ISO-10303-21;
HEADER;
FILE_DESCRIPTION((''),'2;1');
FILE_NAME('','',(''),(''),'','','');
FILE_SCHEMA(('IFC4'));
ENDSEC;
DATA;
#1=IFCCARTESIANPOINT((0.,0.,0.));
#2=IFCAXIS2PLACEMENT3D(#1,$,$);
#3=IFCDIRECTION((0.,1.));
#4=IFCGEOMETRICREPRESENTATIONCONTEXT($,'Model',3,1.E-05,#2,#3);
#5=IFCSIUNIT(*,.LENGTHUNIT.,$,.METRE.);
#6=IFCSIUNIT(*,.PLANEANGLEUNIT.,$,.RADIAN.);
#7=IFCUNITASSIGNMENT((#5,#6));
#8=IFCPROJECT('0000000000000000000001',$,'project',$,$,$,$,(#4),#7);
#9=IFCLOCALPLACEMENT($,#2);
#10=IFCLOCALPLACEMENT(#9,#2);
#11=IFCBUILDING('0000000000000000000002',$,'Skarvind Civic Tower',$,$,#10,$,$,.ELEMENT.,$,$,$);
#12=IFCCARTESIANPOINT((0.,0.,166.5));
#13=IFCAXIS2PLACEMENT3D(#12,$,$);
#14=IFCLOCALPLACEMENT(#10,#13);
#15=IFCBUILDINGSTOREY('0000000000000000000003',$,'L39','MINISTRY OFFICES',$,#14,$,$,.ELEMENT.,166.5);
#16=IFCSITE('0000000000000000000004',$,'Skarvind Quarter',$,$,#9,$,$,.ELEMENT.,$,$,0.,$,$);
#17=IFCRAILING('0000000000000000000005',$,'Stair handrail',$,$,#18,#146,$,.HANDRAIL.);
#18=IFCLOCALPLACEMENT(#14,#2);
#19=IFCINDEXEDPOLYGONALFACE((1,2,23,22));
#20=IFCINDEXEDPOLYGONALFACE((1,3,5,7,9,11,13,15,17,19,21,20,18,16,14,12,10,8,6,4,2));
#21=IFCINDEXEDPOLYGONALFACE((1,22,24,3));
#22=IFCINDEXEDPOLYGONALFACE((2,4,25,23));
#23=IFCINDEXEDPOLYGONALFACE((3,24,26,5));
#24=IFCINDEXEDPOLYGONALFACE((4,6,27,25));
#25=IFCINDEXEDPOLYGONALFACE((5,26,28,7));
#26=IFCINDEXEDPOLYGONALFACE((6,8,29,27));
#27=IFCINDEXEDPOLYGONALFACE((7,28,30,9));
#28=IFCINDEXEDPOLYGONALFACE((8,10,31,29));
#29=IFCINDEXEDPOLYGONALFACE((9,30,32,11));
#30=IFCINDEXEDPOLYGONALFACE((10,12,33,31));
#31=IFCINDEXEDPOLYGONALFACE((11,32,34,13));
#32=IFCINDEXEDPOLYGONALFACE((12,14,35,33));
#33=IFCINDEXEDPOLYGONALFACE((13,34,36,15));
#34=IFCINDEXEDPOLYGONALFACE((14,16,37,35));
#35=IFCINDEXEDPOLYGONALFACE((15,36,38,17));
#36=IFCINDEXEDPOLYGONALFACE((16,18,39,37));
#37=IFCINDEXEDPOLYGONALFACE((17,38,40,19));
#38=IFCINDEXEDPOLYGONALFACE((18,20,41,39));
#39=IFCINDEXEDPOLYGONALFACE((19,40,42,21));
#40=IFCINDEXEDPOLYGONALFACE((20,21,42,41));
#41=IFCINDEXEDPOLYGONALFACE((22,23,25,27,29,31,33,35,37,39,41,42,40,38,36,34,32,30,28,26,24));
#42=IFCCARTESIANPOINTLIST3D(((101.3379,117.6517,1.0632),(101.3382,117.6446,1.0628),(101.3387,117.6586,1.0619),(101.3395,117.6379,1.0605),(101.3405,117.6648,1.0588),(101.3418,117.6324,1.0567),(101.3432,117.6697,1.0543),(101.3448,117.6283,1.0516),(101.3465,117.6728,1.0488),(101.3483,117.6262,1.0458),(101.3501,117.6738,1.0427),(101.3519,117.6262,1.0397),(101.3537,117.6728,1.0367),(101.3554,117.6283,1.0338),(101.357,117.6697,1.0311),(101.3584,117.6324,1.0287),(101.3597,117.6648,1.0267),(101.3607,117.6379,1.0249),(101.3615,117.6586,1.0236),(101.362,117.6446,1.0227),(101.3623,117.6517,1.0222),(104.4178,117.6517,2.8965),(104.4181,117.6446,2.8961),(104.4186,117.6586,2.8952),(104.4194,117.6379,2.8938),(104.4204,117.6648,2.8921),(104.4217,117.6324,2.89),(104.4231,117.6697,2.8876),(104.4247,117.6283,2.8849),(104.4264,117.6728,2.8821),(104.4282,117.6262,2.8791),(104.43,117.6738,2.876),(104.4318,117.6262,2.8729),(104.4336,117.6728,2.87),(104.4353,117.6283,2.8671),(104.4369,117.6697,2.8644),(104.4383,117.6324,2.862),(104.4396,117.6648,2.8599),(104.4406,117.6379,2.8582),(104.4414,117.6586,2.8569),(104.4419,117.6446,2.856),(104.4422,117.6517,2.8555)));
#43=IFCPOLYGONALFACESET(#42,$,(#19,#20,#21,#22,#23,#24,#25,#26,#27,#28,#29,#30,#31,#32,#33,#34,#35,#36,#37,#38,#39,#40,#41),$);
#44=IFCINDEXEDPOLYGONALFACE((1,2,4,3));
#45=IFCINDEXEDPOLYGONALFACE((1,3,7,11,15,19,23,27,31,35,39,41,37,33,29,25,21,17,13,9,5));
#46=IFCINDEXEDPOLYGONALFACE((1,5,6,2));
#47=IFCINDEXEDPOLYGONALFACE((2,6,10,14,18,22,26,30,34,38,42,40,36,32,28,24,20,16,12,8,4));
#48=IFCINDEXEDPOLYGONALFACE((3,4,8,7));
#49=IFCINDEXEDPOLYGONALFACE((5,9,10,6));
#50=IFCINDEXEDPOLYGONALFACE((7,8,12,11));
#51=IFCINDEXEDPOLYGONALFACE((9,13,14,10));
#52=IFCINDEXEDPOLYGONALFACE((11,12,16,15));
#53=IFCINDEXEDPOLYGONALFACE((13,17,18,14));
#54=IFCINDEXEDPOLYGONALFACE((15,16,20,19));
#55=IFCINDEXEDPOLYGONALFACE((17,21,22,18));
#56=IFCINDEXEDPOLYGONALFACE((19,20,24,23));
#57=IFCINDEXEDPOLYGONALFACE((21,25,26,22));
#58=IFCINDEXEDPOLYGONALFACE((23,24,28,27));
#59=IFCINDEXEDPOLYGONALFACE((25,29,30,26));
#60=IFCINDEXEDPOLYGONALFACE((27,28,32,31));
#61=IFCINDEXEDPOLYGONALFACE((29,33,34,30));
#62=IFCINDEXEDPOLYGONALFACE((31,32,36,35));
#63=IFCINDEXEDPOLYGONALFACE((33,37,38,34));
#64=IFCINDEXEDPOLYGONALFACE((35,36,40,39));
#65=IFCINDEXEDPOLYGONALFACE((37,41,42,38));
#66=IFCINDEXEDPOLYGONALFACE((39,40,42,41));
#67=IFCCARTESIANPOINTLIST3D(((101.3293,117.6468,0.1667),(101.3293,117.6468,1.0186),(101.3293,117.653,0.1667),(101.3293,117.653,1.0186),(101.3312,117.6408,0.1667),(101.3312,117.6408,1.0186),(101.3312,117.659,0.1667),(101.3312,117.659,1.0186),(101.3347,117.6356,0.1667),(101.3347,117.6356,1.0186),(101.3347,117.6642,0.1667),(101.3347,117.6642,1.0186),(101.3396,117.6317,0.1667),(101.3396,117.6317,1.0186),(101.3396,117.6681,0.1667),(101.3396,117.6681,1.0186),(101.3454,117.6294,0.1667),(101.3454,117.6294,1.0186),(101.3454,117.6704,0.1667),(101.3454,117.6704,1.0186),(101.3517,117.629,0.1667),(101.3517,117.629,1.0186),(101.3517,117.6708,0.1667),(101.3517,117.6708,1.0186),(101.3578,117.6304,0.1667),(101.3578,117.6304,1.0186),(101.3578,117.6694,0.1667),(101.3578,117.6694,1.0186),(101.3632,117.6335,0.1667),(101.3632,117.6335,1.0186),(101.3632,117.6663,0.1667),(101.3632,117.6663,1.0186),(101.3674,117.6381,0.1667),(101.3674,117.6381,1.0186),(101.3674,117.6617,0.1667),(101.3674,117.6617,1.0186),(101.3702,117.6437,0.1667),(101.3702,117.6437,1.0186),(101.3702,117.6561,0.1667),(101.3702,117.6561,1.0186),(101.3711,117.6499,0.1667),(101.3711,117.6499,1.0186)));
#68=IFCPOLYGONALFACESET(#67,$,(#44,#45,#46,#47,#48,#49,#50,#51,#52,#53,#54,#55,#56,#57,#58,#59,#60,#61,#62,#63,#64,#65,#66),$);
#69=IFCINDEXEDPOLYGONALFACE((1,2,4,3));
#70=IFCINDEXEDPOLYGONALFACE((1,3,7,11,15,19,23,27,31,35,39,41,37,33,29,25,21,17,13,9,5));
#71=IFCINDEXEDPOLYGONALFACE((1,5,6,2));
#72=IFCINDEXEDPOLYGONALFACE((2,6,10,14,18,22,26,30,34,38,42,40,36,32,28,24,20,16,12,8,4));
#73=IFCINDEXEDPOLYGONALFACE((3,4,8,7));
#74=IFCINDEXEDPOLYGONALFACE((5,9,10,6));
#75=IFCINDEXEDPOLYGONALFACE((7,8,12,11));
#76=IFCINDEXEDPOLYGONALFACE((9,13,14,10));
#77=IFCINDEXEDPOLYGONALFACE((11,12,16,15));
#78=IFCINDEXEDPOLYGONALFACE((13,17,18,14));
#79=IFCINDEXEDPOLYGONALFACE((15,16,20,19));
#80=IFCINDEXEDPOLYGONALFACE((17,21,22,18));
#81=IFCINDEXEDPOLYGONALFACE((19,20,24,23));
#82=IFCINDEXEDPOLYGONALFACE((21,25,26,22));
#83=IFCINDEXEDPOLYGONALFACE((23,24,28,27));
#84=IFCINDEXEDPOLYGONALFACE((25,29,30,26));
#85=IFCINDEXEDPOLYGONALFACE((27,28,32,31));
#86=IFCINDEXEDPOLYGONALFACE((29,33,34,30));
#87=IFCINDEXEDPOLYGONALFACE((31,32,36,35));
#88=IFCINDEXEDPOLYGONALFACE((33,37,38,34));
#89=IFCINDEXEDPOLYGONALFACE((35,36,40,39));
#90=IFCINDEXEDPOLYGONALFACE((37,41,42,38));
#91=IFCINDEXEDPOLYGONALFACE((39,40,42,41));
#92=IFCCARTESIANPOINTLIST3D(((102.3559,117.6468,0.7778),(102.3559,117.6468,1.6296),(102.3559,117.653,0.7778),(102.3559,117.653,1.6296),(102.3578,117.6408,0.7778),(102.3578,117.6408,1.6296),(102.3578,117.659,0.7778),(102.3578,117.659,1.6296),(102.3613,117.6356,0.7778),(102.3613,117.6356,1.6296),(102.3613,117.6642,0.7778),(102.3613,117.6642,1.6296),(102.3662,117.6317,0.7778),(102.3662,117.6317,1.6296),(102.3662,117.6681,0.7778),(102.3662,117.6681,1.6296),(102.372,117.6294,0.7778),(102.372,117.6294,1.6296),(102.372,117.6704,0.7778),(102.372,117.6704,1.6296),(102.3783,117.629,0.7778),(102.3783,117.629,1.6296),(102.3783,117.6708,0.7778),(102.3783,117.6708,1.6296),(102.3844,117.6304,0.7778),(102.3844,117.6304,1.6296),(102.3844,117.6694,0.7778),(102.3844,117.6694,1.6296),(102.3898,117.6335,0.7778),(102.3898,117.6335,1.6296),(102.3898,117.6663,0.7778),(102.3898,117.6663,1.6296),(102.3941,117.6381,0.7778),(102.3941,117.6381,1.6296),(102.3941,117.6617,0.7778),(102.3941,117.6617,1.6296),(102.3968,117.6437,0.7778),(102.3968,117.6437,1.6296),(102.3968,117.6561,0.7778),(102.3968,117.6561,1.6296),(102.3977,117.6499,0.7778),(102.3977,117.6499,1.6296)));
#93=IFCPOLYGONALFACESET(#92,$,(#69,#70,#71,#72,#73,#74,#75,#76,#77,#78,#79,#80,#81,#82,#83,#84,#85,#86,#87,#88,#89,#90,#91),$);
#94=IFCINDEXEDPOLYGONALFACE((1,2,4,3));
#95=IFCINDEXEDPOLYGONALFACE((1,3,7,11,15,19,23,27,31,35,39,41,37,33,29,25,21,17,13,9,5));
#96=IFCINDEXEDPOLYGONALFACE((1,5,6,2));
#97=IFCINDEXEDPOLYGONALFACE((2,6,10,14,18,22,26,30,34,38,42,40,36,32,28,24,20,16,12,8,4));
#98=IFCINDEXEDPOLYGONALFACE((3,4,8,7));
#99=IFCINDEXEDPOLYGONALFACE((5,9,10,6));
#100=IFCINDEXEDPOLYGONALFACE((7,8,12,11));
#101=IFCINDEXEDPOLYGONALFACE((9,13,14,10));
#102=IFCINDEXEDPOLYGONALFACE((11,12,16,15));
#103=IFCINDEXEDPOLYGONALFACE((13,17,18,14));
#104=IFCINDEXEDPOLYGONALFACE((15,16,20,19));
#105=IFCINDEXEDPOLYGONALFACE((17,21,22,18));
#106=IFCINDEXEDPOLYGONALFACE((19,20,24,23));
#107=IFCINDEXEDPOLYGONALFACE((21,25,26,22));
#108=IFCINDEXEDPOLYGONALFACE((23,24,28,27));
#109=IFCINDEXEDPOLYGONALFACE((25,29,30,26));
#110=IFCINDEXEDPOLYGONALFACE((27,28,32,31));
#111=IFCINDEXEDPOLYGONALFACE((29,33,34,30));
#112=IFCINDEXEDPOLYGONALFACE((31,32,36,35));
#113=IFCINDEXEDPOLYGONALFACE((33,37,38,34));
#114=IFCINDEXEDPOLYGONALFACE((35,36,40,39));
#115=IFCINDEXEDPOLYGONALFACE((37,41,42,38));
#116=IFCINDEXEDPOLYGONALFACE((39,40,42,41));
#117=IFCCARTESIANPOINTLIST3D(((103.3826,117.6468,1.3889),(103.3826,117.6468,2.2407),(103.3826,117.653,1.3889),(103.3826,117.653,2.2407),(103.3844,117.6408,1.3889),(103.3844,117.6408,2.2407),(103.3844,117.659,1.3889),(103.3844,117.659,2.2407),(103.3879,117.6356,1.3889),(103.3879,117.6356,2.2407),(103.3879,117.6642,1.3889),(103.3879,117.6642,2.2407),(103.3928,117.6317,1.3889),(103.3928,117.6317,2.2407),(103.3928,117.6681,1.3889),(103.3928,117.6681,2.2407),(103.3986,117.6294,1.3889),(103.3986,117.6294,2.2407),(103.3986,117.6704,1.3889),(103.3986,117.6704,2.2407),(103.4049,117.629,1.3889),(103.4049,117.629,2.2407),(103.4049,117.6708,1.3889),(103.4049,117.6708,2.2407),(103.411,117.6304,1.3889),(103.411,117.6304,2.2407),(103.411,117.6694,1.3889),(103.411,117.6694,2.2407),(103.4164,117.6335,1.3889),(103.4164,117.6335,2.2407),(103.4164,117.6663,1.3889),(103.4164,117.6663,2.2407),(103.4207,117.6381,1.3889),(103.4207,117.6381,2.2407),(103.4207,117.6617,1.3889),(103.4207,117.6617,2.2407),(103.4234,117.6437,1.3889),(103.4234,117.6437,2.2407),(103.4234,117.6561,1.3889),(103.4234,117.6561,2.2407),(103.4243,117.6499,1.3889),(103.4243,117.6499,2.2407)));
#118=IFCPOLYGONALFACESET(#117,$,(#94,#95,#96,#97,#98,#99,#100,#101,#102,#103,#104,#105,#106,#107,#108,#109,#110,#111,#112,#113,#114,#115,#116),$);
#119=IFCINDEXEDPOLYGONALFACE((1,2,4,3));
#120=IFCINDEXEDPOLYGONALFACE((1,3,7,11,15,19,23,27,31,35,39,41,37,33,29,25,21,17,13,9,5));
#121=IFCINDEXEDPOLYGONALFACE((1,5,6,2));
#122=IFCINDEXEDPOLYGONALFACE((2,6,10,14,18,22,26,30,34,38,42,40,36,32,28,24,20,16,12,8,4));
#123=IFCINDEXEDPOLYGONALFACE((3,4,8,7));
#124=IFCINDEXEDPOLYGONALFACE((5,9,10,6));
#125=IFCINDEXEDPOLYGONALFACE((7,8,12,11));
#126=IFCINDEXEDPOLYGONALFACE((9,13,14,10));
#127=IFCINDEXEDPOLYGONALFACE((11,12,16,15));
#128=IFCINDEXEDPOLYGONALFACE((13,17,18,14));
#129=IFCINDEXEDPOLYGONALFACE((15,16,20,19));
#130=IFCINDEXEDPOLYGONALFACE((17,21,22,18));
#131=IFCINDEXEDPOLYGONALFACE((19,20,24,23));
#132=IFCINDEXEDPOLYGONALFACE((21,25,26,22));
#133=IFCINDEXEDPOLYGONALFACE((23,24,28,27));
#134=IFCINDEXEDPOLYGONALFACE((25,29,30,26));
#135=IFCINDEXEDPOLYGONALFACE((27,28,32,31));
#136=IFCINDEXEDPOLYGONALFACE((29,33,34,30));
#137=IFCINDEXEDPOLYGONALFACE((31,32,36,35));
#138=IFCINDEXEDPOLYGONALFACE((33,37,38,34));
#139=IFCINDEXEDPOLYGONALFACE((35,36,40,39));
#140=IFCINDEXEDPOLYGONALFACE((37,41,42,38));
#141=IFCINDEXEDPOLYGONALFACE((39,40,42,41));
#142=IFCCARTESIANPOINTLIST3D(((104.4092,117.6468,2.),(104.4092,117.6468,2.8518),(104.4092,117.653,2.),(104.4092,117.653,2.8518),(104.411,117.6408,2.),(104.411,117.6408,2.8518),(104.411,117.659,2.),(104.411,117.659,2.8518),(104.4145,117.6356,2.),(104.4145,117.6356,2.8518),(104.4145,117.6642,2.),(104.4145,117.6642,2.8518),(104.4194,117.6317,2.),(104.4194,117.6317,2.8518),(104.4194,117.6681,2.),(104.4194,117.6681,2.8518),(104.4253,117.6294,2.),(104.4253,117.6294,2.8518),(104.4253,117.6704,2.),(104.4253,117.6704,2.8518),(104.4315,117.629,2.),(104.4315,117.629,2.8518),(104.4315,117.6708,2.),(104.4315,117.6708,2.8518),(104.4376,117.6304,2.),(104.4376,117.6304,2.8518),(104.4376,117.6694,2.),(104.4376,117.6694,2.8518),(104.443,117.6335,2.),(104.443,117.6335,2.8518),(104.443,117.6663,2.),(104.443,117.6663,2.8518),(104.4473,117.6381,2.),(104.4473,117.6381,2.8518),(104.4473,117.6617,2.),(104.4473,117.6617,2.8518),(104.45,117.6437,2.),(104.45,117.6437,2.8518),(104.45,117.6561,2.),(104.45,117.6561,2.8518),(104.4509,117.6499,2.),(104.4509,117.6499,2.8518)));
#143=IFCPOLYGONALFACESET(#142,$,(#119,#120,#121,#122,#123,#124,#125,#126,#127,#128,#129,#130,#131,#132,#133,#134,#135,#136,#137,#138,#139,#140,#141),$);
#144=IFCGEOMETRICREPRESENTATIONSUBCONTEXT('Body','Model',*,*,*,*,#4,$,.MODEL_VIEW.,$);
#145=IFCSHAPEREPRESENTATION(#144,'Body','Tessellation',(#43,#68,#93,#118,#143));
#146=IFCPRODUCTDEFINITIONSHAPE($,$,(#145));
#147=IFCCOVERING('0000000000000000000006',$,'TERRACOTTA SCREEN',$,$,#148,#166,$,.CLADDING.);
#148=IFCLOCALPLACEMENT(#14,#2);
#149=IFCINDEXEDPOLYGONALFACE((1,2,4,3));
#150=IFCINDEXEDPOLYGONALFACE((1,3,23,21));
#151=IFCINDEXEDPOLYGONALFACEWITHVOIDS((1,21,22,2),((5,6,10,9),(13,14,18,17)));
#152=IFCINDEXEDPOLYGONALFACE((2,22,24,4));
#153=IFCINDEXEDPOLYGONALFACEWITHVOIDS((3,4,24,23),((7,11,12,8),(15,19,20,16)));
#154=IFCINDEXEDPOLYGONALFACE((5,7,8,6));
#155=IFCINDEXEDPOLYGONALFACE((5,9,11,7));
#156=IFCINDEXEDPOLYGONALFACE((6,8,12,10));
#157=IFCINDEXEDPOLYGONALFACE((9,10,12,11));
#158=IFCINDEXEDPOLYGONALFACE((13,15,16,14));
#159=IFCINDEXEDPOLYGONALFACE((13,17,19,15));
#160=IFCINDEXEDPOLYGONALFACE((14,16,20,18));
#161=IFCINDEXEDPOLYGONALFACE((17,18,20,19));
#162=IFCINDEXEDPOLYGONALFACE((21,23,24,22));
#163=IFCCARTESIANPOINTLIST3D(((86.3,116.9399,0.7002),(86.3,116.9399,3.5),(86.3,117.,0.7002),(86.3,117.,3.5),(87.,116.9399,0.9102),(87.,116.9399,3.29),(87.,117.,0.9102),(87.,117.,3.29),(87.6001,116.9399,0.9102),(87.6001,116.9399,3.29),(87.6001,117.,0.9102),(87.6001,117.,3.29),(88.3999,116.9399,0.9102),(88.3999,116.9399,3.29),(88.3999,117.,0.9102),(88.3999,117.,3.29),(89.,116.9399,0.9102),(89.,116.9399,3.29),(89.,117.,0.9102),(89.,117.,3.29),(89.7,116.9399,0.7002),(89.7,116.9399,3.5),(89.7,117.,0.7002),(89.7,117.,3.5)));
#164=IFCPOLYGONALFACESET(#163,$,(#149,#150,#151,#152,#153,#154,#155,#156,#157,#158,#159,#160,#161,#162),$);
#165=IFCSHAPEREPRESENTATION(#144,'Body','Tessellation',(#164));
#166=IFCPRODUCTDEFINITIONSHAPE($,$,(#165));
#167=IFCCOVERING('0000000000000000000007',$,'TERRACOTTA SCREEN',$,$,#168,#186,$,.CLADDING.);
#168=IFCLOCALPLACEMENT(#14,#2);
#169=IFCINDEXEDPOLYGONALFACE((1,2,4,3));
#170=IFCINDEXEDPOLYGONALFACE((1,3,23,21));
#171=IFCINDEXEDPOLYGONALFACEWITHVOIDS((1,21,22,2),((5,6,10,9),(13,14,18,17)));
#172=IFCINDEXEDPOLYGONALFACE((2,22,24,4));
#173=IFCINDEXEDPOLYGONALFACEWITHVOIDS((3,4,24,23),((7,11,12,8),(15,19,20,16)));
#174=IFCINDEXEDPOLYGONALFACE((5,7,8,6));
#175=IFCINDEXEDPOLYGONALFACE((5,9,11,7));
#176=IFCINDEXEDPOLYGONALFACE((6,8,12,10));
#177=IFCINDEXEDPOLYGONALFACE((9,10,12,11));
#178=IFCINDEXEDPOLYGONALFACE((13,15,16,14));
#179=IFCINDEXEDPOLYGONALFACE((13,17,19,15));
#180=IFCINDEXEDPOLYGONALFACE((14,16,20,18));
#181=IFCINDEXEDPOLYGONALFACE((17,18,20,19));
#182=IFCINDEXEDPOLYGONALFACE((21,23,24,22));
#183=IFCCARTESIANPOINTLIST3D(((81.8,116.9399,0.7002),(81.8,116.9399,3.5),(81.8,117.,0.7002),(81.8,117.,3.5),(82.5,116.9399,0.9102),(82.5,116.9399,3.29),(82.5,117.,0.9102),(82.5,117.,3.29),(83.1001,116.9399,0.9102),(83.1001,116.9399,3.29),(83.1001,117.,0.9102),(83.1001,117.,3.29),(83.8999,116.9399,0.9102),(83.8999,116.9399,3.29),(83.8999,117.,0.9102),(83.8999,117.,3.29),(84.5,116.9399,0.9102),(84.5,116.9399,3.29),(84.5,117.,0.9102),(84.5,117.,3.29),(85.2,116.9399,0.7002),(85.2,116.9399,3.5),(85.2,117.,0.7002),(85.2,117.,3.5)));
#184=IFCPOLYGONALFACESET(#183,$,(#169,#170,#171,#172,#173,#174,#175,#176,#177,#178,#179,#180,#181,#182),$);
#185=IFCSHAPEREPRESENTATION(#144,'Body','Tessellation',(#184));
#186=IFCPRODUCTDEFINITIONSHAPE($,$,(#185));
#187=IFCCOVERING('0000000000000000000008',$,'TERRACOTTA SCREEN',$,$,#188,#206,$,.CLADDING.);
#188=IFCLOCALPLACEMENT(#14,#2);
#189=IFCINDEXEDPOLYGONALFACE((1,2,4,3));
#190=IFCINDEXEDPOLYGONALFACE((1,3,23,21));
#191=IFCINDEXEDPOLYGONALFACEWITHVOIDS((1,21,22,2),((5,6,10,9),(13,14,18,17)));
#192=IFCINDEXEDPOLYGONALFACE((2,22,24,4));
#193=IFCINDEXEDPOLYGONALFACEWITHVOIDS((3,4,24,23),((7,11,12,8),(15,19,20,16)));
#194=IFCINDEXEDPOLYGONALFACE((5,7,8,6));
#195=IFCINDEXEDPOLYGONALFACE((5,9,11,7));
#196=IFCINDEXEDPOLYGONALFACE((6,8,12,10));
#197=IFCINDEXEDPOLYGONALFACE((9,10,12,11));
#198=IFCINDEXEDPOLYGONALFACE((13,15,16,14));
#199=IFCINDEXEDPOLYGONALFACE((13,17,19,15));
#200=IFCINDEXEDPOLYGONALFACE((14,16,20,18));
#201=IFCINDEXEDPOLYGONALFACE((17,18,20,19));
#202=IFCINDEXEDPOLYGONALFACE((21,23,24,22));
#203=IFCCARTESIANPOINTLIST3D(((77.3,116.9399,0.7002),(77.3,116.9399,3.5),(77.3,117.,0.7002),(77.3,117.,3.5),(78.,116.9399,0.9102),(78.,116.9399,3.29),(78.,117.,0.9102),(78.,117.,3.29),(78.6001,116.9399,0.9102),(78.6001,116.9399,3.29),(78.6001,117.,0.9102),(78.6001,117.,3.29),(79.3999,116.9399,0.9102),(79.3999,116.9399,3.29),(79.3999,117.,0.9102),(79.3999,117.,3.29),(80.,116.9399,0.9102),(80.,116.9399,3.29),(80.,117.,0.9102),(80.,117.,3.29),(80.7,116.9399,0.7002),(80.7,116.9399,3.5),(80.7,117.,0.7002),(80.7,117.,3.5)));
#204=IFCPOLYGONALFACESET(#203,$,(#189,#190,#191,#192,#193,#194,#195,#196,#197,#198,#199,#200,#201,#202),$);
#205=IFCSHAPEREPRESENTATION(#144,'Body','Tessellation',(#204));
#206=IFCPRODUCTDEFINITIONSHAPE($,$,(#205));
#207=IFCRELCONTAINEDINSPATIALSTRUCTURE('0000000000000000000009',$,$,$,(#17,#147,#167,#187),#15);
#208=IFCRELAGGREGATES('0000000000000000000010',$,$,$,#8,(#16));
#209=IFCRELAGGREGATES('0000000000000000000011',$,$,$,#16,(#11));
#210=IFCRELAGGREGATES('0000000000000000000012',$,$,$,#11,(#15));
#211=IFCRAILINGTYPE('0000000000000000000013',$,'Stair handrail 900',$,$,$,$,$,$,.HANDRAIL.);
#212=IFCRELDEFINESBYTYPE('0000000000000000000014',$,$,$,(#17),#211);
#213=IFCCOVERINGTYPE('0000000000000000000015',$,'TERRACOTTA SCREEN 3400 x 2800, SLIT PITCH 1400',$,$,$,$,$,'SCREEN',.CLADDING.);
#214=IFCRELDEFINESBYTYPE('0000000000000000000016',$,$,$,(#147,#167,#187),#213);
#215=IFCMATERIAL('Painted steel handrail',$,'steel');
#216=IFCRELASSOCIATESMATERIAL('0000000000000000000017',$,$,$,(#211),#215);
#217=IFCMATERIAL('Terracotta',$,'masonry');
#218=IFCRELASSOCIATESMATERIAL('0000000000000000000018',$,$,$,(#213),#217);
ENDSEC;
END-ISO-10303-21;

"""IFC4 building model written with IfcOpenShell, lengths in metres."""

from ifc_helpers import new_model, si_unit, direction, frame, origin, origin_2d, place, context, subcontext, project, spatial, polyline, circle, outline, extrude, material, material_profile, profile_set, type_object, element, save


model = new_model("IFC4")

# Units and contexts
model_context = context("Model", 3, precision=1e-05, world=origin(), true_north=direction((0.0, 1.0)))
body_context = subcontext(model_context, "Body", "Model", "MODEL_VIEW")
ifc_project = project(units=[si_unit("LENGTHUNIT", "METRE"), si_unit("PLANEANGLEUNIT", "RADIAN")], contexts=[model_context])

# Site, building, storey
site_placement = place(None, origin())
site = spatial("IfcSite", under=ifc_project, at=site_placement, Name="Skarvind Quarter", CompositionType="ELEMENT", RefElevation=0.0)
building_placement = place(site_placement, origin())
building = spatial("IfcBuilding", under=site, at=building_placement, Name="Skarvind Civic Tower", CompositionType="ELEMENT")
storey_placement = place(building_placement, frame((0.0, 0.0, 166.5)))
storey = spatial("IfcBuildingStorey", under=building, at=storey_placement, Name="L39", Description="MINISTRY OFFICES", CompositionType="ELEMENT", Elevation=166.5)

# Railing
ifc_material_1 = material(Name="Painted steel handrail", Category="steel")
railing_type_1 = type_object("IfcRailingType", Name="Stair handrail 900", PredefinedType="HANDRAIL", material=ifc_material_1)
railing_1_placement = place(storey_placement, frame((101.3501, 117.6499, 0.1667)))
element("IfcRailing", 1, at=railing_1_placement, inside=storey, type_object=railing_type_1, Name="Stair handrail", PredefinedType="HANDRAIL", context=body_context, shape_type="SweptSolid", body=[
    extrude(circle(Radius=0.0239, at=origin_2d()), frame((0.0, 0.0, 0.876), z_axis=(0.859291, 0.0, 0.511487), x_axis=(0.0, 1.0, 0.0)), (0.0, 0.0, 1.0), 3.5842),
    extrude(circle(Radius=0.021, at=origin_2d()), origin(), (0.0, 0.0, 1.0), 0.8518),
    extrude(circle(Radius=0.021, at=origin_2d()), frame((1.0266, 0.0, 0.6111)), (0.0, 0.0, 1.0), 0.8518),
    extrude(circle(Radius=0.021, at=origin_2d()), frame((2.0532, 0.0, 1.2222)), (0.0, 0.0, 1.0), 0.8518),
    extrude(circle(Radius=0.021, at=origin_2d()), frame((3.0798, 0.0, 1.8333)), (0.0, 0.0, 1.0), 0.8518),
])

# Coverings
ifc_material_2 = material(Name="Terracotta", Category="masonry")
ifc_material_profile_1 = material_profile(ifc_material_2, outline(polyline([(-1.7, -1.3999), (1.7, -1.3999), (1.7, 1.3999), (-1.7, 1.3999), (-1.7, -1.3999)]), holes=[polyline([(-1.0, -1.1899), (-0.3999, -1.1899), (-0.3999, 1.1899), (-1.0, 1.1899), (-1.0, -1.1899)]), polyline([(0.3999, -1.1899), (1.0, -1.1899), (1.0, 1.1899), (0.3999, 1.1899), (0.3999, -1.1899)])]), Name="TERRACOTTA SCREEN 3400 x 2800, SLIT PITCH 1400")
ifc_profile_set_1 = profile_set([ifc_material_profile_1], Name="Terracotta")
covering_type = type_object("IfcCoveringType", Name="TERRACOTTA SCREEN 3400 x 2800, SLIT PITCH 1400", ElementType="SCREEN", PredefinedType="CLADDING", material=ifc_profile_set_1)
for number, where, z_axis, x_axis, name in (
    (2, (88.0, 117.0, 2.1001), (0.0, -1.0, 0.0), (1.0, 0.0, 0.0), "TERRACOTTA SCREEN"),
    (3, (83.5, 117.0, 2.1001), (0.0, -1.0, 0.0), (1.0, 0.0, 0.0), "TERRACOTTA SCREEN"),
    (4, (79.0, 117.0, 2.1001), (0.0, -1.0, 0.0), (1.0, 0.0, 0.0), "TERRACOTTA SCREEN"),
):
    element("IfcCovering", number, at=place(storey_placement, frame(where, z_axis=z_axis, x_axis=x_axis)), inside=storey, type_object=covering_type, Name=name, PredefinedType="CLADDING", context=body_context, shape_type="SweptSolid", body=[
        extrude(outline(polyline([(-1.7, -1.3999), (1.7, -1.3999), (1.7, 1.3999), (-1.7, 1.3999), (-1.7, -1.3999)]), holes=[polyline([(-1.0, -1.1899), (-0.3999, -1.1899), (-0.3999, 1.1899), (-1.0, 1.1899), (-1.0, -1.1899)]), polyline([(0.3999, -1.1899), (1.0, -1.1899), (1.0, 1.1899), (0.3999, 1.1899), (0.3999, -1.1899)])]), origin(), (0.0, 0.0, 1.0), 0.0601),
    ])

save(model, "model.ifc")
